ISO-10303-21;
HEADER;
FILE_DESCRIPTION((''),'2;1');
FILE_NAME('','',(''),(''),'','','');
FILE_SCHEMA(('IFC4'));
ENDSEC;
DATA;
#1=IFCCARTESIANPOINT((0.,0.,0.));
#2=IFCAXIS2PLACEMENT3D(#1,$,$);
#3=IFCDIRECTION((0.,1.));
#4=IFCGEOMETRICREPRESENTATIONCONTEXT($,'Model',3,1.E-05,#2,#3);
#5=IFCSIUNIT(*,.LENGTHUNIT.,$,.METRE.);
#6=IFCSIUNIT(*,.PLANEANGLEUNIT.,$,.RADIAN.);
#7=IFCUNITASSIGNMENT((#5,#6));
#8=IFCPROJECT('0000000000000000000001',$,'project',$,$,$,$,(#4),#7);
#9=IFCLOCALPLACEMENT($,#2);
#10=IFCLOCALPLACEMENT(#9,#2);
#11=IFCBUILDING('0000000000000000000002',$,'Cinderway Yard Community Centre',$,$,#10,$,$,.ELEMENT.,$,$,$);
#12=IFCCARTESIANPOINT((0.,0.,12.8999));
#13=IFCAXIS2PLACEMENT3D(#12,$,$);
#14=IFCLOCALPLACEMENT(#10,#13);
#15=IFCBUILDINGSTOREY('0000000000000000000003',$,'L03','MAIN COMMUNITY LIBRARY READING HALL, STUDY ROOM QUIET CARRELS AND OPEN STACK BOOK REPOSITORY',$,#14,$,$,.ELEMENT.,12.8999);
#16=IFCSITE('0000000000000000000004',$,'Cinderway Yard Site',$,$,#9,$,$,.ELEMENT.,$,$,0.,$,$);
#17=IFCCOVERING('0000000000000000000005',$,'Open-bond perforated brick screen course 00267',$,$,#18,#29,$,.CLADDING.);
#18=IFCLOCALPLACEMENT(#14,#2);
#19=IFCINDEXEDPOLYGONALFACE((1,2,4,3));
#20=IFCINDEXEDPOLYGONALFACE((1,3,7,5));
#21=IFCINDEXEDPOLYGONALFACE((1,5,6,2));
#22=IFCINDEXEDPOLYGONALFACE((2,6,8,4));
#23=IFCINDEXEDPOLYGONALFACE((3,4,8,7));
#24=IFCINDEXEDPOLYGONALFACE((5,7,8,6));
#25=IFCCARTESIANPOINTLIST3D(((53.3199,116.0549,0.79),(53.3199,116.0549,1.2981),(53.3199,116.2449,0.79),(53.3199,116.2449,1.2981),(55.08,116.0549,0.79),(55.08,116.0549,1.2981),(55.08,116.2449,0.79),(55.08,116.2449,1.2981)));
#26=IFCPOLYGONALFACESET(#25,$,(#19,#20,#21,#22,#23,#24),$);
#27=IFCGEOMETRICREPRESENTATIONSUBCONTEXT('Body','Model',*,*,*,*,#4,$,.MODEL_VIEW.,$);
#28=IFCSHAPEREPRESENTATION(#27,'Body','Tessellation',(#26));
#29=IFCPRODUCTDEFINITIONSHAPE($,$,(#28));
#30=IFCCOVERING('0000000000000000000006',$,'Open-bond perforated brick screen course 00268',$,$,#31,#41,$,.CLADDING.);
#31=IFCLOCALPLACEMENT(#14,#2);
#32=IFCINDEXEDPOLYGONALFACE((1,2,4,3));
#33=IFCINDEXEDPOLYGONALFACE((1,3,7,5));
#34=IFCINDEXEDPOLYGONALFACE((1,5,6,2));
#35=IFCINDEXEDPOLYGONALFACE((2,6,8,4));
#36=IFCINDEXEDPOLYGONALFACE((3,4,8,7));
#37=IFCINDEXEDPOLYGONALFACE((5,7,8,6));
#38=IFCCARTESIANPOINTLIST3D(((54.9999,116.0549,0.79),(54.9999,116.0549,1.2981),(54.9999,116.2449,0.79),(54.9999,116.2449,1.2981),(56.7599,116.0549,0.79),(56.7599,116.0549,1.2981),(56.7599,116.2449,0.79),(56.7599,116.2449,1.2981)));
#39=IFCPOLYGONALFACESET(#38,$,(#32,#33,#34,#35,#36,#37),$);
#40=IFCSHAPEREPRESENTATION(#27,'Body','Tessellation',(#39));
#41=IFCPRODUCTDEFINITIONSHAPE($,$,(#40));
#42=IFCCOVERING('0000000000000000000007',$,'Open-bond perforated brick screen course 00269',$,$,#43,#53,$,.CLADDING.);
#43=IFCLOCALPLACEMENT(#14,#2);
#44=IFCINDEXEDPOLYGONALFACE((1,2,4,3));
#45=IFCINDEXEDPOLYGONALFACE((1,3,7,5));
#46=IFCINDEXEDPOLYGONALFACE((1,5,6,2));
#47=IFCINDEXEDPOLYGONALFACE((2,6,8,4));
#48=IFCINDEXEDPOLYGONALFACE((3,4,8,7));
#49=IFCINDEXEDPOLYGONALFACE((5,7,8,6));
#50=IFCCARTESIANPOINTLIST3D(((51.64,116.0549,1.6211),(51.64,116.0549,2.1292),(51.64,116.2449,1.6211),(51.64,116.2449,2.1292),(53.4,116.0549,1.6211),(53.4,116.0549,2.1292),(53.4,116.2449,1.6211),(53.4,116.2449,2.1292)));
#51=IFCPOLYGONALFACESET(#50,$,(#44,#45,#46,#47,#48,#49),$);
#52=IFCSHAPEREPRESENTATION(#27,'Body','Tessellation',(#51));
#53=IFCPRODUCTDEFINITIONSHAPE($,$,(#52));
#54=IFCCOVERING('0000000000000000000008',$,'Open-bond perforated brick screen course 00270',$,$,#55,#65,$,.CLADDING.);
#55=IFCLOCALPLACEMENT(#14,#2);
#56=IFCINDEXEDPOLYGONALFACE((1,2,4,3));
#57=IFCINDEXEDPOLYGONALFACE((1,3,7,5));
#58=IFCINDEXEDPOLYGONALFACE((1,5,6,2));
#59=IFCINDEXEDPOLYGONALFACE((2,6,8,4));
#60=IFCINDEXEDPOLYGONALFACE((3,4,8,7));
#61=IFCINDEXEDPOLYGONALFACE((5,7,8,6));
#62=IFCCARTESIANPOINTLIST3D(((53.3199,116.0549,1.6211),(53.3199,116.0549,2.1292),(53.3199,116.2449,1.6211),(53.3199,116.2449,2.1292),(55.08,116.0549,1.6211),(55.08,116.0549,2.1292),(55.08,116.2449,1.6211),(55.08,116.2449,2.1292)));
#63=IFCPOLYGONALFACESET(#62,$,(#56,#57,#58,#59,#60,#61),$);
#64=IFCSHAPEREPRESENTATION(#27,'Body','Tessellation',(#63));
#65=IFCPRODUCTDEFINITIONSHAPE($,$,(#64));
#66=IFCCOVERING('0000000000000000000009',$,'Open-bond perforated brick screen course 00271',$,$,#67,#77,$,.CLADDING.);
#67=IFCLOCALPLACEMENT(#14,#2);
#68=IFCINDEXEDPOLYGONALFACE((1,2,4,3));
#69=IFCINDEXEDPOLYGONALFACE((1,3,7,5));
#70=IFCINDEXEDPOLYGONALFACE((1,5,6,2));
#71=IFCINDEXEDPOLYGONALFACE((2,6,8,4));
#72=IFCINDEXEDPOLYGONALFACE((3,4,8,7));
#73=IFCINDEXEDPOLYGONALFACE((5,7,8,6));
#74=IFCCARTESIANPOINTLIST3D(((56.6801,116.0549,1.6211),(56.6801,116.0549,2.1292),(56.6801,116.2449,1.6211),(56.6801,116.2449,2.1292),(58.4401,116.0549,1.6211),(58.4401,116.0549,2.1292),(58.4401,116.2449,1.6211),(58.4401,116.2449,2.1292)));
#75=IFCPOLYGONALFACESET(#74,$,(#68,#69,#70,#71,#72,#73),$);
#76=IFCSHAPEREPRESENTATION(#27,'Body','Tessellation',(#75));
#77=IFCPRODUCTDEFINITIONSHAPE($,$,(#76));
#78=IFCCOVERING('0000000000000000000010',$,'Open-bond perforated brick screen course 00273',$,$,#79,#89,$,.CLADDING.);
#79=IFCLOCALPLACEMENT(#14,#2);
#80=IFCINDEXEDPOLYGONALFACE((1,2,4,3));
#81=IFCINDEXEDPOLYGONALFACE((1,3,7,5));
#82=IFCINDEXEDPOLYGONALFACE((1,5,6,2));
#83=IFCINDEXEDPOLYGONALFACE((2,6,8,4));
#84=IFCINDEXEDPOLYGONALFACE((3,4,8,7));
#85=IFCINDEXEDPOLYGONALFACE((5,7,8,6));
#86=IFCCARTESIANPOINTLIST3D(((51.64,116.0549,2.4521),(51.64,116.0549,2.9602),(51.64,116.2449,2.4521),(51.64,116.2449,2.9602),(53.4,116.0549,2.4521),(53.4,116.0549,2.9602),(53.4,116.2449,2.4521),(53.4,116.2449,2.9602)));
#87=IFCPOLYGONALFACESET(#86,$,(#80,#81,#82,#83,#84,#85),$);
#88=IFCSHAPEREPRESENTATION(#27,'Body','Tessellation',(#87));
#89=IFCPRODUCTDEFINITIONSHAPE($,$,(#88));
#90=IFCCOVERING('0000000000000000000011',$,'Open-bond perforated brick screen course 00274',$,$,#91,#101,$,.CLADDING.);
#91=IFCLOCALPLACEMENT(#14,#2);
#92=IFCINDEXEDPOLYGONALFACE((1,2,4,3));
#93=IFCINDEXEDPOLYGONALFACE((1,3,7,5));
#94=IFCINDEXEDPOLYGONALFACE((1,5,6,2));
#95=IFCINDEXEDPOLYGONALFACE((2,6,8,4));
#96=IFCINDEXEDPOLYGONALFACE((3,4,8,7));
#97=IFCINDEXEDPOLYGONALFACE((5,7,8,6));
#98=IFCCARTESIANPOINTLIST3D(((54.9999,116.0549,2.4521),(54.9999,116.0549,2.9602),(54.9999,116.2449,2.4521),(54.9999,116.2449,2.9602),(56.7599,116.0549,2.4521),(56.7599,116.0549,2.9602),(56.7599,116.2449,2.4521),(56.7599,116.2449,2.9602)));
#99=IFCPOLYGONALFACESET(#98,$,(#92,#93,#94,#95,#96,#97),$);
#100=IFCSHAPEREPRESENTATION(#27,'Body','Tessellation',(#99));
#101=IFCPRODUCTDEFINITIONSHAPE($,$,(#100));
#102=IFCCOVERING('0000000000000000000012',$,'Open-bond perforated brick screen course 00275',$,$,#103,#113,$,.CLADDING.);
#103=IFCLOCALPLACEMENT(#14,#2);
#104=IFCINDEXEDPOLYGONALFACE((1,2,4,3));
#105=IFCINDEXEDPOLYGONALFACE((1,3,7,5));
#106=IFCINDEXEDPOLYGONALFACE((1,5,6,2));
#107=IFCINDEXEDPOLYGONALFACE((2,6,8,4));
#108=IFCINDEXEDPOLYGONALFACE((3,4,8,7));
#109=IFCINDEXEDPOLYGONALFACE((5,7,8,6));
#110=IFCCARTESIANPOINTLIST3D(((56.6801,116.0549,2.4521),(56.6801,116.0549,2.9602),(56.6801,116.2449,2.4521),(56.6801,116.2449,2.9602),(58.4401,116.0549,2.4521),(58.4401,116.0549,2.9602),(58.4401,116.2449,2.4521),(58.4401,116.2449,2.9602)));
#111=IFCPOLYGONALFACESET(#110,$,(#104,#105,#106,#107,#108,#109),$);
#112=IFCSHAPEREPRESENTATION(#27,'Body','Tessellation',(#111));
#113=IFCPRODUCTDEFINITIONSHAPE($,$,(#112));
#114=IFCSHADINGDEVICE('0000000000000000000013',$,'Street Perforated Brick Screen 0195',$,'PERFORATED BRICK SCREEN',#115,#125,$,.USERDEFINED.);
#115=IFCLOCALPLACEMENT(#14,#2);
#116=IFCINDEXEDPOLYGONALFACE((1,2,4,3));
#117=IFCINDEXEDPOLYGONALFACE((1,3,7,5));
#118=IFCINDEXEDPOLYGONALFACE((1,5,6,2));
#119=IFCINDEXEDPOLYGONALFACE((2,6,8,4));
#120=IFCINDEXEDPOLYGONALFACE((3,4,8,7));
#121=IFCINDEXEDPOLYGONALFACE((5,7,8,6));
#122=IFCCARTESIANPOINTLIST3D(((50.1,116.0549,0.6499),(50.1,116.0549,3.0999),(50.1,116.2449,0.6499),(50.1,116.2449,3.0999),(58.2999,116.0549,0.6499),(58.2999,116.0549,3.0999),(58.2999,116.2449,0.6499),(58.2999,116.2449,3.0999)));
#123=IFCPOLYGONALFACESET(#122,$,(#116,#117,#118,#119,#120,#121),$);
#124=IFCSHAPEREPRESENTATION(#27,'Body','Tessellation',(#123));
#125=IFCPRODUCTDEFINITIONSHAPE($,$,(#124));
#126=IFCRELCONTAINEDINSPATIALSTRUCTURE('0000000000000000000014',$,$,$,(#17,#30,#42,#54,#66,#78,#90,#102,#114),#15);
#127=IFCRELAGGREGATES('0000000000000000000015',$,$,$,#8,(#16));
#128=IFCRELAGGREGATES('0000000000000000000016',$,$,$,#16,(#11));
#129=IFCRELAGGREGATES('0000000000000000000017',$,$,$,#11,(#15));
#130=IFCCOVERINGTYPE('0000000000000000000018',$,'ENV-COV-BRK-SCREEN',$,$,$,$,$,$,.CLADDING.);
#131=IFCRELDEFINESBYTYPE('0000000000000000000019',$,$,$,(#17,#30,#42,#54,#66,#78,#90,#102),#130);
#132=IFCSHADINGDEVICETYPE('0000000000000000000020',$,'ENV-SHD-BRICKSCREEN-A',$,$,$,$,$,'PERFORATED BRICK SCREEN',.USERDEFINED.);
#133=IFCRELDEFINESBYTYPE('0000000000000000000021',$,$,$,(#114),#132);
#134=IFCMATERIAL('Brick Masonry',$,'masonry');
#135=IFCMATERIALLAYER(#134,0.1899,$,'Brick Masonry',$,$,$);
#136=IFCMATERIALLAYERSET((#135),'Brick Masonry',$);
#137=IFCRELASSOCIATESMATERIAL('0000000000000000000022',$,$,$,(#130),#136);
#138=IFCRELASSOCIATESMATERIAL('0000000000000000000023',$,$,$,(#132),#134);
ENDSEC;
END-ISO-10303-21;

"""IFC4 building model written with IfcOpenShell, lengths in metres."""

from ifc_helpers import new_model, si_unit, direction, frame, origin, origin_2d, place, context, subcontext, project, spatial, rectangle, extrude, material, layer, layer_set, type_object, element, save


model = new_model("IFC4")

# Units and contexts
model_context = context("Model", 3, precision=1e-05, world=origin(), true_north=direction((0.0, 1.0)))
body_context = subcontext(model_context, "Body", "Model", "MODEL_VIEW")
ifc_project = project(units=[si_unit("LENGTHUNIT", "METRE"), si_unit("PLANEANGLEUNIT", "RADIAN")], contexts=[model_context])

# Site, building, storey
site_placement = place(None, origin())
site = spatial("IfcSite", under=ifc_project, at=site_placement, Name="Cinderway Yard Site", CompositionType="ELEMENT", RefElevation=0.0)
building_placement = place(site_placement, origin())
building = spatial("IfcBuilding", under=site, at=building_placement, Name="Cinderway Yard Community Centre", CompositionType="ELEMENT")
storey_placement = place(building_placement, frame((0.0, 0.0, 12.8999)))
storey = spatial("IfcBuildingStorey", under=building, at=storey_placement, Name="L03", Description="MAIN COMMUNITY LIBRARY READING HALL, STUDY ROOM QUIET CARRELS AND OPEN STACK BOOK REPOSITORY", CompositionType="ELEMENT", Elevation=12.8999)

# Coverings
ifc_material_1 = material(Name="Brick Masonry", Category="masonry")
ifc_layer_1 = layer(ifc_material_1, 0.1899, Name="Brick Masonry")
ifc_layer_set_1 = layer_set([ifc_layer_1], Name="Brick Masonry")
covering_type = type_object("IfcCoveringType", Name="ENV-COV-BRK-SCREEN", PredefinedType="CLADDING", material=ifc_layer_set_1)
for number, where, z_axis, x_axis, name in (
    (1, (54.2, 116.1499, 0.79), (0.0, 0.0, 1.0), (1.0, 0.0, 0.0), "Open-bond perforated brick screen course 00267"),
    (2, (55.8799, 116.1499, 0.79), (0.0, 0.0, 1.0), (1.0, 0.0, 0.0), "Open-bond perforated brick screen course 00268"),
    (3, (52.52, 116.1499, 1.6211), (0.0, 0.0, 1.0), (1.0, 0.0, 0.0), "Open-bond perforated brick screen course 00269"),
    (4, (54.2, 116.1499, 1.6211), (0.0, 0.0, 1.0), (1.0, 0.0, 0.0), "Open-bond perforated brick screen course 00270"),
    (5, (57.5601, 116.1499, 1.6211), (0.0, 0.0, 1.0), (1.0, 0.0, 0.0), "Open-bond perforated brick screen course 00271"),
    (6, (52.52, 116.1499, 2.4521), (0.0, 0.0, 1.0), (1.0, 0.0, 0.0), "Open-bond perforated brick screen course 00273"),
    (7, (55.8799, 116.1499, 2.4521), (0.0, 0.0, 1.0), (1.0, 0.0, 0.0), "Open-bond perforated brick screen course 00274"),
    (8, (57.5601, 116.1499, 2.4521), (0.0, 0.0, 1.0), (1.0, 0.0, 0.0), "Open-bond perforated brick screen course 00275"),
):
    element("IfcCovering", number, at=place(storey_placement, frame(where, z_axis=z_axis, x_axis=x_axis)), inside=storey, type_object=covering_type, Name=name, PredefinedType="CLADDING", context=body_context, shape_type="SweptSolid", body=[
        extrude(rectangle(XDim=1.76, YDim=0.1899, at=origin_2d()), origin(), (0.0, 0.0, 1.0), 0.5081),
    ])

# Shading device
shading_device_type = type_object("IfcShadingDeviceType", Name="ENV-SHD-BRICKSCREEN-A", ElementType="PERFORATED BRICK SCREEN", PredefinedType="USERDEFINED", material=ifc_material_1)
shading_device_placement = place(storey_placement, frame((54.2, 116.1499, 0.6499), z_axis=(0.0, 0.0, 1.0), x_axis=(1.0, 0.0, 0.0)))
element("IfcShadingDevice", 9, at=shading_device_placement, inside=storey, type_object=shading_device_type, Name="Street Perforated Brick Screen 0195", ObjectType="PERFORATED BRICK SCREEN", PredefinedType="USERDEFINED", context=body_context, shape_type="SweptSolid", body=[
    extrude(rectangle(XDim=8.2, YDim=0.1899, at=origin_2d()), origin(), (0.0, 0.0, 1.0), 2.45),
])

save(model, "model.ifc")
